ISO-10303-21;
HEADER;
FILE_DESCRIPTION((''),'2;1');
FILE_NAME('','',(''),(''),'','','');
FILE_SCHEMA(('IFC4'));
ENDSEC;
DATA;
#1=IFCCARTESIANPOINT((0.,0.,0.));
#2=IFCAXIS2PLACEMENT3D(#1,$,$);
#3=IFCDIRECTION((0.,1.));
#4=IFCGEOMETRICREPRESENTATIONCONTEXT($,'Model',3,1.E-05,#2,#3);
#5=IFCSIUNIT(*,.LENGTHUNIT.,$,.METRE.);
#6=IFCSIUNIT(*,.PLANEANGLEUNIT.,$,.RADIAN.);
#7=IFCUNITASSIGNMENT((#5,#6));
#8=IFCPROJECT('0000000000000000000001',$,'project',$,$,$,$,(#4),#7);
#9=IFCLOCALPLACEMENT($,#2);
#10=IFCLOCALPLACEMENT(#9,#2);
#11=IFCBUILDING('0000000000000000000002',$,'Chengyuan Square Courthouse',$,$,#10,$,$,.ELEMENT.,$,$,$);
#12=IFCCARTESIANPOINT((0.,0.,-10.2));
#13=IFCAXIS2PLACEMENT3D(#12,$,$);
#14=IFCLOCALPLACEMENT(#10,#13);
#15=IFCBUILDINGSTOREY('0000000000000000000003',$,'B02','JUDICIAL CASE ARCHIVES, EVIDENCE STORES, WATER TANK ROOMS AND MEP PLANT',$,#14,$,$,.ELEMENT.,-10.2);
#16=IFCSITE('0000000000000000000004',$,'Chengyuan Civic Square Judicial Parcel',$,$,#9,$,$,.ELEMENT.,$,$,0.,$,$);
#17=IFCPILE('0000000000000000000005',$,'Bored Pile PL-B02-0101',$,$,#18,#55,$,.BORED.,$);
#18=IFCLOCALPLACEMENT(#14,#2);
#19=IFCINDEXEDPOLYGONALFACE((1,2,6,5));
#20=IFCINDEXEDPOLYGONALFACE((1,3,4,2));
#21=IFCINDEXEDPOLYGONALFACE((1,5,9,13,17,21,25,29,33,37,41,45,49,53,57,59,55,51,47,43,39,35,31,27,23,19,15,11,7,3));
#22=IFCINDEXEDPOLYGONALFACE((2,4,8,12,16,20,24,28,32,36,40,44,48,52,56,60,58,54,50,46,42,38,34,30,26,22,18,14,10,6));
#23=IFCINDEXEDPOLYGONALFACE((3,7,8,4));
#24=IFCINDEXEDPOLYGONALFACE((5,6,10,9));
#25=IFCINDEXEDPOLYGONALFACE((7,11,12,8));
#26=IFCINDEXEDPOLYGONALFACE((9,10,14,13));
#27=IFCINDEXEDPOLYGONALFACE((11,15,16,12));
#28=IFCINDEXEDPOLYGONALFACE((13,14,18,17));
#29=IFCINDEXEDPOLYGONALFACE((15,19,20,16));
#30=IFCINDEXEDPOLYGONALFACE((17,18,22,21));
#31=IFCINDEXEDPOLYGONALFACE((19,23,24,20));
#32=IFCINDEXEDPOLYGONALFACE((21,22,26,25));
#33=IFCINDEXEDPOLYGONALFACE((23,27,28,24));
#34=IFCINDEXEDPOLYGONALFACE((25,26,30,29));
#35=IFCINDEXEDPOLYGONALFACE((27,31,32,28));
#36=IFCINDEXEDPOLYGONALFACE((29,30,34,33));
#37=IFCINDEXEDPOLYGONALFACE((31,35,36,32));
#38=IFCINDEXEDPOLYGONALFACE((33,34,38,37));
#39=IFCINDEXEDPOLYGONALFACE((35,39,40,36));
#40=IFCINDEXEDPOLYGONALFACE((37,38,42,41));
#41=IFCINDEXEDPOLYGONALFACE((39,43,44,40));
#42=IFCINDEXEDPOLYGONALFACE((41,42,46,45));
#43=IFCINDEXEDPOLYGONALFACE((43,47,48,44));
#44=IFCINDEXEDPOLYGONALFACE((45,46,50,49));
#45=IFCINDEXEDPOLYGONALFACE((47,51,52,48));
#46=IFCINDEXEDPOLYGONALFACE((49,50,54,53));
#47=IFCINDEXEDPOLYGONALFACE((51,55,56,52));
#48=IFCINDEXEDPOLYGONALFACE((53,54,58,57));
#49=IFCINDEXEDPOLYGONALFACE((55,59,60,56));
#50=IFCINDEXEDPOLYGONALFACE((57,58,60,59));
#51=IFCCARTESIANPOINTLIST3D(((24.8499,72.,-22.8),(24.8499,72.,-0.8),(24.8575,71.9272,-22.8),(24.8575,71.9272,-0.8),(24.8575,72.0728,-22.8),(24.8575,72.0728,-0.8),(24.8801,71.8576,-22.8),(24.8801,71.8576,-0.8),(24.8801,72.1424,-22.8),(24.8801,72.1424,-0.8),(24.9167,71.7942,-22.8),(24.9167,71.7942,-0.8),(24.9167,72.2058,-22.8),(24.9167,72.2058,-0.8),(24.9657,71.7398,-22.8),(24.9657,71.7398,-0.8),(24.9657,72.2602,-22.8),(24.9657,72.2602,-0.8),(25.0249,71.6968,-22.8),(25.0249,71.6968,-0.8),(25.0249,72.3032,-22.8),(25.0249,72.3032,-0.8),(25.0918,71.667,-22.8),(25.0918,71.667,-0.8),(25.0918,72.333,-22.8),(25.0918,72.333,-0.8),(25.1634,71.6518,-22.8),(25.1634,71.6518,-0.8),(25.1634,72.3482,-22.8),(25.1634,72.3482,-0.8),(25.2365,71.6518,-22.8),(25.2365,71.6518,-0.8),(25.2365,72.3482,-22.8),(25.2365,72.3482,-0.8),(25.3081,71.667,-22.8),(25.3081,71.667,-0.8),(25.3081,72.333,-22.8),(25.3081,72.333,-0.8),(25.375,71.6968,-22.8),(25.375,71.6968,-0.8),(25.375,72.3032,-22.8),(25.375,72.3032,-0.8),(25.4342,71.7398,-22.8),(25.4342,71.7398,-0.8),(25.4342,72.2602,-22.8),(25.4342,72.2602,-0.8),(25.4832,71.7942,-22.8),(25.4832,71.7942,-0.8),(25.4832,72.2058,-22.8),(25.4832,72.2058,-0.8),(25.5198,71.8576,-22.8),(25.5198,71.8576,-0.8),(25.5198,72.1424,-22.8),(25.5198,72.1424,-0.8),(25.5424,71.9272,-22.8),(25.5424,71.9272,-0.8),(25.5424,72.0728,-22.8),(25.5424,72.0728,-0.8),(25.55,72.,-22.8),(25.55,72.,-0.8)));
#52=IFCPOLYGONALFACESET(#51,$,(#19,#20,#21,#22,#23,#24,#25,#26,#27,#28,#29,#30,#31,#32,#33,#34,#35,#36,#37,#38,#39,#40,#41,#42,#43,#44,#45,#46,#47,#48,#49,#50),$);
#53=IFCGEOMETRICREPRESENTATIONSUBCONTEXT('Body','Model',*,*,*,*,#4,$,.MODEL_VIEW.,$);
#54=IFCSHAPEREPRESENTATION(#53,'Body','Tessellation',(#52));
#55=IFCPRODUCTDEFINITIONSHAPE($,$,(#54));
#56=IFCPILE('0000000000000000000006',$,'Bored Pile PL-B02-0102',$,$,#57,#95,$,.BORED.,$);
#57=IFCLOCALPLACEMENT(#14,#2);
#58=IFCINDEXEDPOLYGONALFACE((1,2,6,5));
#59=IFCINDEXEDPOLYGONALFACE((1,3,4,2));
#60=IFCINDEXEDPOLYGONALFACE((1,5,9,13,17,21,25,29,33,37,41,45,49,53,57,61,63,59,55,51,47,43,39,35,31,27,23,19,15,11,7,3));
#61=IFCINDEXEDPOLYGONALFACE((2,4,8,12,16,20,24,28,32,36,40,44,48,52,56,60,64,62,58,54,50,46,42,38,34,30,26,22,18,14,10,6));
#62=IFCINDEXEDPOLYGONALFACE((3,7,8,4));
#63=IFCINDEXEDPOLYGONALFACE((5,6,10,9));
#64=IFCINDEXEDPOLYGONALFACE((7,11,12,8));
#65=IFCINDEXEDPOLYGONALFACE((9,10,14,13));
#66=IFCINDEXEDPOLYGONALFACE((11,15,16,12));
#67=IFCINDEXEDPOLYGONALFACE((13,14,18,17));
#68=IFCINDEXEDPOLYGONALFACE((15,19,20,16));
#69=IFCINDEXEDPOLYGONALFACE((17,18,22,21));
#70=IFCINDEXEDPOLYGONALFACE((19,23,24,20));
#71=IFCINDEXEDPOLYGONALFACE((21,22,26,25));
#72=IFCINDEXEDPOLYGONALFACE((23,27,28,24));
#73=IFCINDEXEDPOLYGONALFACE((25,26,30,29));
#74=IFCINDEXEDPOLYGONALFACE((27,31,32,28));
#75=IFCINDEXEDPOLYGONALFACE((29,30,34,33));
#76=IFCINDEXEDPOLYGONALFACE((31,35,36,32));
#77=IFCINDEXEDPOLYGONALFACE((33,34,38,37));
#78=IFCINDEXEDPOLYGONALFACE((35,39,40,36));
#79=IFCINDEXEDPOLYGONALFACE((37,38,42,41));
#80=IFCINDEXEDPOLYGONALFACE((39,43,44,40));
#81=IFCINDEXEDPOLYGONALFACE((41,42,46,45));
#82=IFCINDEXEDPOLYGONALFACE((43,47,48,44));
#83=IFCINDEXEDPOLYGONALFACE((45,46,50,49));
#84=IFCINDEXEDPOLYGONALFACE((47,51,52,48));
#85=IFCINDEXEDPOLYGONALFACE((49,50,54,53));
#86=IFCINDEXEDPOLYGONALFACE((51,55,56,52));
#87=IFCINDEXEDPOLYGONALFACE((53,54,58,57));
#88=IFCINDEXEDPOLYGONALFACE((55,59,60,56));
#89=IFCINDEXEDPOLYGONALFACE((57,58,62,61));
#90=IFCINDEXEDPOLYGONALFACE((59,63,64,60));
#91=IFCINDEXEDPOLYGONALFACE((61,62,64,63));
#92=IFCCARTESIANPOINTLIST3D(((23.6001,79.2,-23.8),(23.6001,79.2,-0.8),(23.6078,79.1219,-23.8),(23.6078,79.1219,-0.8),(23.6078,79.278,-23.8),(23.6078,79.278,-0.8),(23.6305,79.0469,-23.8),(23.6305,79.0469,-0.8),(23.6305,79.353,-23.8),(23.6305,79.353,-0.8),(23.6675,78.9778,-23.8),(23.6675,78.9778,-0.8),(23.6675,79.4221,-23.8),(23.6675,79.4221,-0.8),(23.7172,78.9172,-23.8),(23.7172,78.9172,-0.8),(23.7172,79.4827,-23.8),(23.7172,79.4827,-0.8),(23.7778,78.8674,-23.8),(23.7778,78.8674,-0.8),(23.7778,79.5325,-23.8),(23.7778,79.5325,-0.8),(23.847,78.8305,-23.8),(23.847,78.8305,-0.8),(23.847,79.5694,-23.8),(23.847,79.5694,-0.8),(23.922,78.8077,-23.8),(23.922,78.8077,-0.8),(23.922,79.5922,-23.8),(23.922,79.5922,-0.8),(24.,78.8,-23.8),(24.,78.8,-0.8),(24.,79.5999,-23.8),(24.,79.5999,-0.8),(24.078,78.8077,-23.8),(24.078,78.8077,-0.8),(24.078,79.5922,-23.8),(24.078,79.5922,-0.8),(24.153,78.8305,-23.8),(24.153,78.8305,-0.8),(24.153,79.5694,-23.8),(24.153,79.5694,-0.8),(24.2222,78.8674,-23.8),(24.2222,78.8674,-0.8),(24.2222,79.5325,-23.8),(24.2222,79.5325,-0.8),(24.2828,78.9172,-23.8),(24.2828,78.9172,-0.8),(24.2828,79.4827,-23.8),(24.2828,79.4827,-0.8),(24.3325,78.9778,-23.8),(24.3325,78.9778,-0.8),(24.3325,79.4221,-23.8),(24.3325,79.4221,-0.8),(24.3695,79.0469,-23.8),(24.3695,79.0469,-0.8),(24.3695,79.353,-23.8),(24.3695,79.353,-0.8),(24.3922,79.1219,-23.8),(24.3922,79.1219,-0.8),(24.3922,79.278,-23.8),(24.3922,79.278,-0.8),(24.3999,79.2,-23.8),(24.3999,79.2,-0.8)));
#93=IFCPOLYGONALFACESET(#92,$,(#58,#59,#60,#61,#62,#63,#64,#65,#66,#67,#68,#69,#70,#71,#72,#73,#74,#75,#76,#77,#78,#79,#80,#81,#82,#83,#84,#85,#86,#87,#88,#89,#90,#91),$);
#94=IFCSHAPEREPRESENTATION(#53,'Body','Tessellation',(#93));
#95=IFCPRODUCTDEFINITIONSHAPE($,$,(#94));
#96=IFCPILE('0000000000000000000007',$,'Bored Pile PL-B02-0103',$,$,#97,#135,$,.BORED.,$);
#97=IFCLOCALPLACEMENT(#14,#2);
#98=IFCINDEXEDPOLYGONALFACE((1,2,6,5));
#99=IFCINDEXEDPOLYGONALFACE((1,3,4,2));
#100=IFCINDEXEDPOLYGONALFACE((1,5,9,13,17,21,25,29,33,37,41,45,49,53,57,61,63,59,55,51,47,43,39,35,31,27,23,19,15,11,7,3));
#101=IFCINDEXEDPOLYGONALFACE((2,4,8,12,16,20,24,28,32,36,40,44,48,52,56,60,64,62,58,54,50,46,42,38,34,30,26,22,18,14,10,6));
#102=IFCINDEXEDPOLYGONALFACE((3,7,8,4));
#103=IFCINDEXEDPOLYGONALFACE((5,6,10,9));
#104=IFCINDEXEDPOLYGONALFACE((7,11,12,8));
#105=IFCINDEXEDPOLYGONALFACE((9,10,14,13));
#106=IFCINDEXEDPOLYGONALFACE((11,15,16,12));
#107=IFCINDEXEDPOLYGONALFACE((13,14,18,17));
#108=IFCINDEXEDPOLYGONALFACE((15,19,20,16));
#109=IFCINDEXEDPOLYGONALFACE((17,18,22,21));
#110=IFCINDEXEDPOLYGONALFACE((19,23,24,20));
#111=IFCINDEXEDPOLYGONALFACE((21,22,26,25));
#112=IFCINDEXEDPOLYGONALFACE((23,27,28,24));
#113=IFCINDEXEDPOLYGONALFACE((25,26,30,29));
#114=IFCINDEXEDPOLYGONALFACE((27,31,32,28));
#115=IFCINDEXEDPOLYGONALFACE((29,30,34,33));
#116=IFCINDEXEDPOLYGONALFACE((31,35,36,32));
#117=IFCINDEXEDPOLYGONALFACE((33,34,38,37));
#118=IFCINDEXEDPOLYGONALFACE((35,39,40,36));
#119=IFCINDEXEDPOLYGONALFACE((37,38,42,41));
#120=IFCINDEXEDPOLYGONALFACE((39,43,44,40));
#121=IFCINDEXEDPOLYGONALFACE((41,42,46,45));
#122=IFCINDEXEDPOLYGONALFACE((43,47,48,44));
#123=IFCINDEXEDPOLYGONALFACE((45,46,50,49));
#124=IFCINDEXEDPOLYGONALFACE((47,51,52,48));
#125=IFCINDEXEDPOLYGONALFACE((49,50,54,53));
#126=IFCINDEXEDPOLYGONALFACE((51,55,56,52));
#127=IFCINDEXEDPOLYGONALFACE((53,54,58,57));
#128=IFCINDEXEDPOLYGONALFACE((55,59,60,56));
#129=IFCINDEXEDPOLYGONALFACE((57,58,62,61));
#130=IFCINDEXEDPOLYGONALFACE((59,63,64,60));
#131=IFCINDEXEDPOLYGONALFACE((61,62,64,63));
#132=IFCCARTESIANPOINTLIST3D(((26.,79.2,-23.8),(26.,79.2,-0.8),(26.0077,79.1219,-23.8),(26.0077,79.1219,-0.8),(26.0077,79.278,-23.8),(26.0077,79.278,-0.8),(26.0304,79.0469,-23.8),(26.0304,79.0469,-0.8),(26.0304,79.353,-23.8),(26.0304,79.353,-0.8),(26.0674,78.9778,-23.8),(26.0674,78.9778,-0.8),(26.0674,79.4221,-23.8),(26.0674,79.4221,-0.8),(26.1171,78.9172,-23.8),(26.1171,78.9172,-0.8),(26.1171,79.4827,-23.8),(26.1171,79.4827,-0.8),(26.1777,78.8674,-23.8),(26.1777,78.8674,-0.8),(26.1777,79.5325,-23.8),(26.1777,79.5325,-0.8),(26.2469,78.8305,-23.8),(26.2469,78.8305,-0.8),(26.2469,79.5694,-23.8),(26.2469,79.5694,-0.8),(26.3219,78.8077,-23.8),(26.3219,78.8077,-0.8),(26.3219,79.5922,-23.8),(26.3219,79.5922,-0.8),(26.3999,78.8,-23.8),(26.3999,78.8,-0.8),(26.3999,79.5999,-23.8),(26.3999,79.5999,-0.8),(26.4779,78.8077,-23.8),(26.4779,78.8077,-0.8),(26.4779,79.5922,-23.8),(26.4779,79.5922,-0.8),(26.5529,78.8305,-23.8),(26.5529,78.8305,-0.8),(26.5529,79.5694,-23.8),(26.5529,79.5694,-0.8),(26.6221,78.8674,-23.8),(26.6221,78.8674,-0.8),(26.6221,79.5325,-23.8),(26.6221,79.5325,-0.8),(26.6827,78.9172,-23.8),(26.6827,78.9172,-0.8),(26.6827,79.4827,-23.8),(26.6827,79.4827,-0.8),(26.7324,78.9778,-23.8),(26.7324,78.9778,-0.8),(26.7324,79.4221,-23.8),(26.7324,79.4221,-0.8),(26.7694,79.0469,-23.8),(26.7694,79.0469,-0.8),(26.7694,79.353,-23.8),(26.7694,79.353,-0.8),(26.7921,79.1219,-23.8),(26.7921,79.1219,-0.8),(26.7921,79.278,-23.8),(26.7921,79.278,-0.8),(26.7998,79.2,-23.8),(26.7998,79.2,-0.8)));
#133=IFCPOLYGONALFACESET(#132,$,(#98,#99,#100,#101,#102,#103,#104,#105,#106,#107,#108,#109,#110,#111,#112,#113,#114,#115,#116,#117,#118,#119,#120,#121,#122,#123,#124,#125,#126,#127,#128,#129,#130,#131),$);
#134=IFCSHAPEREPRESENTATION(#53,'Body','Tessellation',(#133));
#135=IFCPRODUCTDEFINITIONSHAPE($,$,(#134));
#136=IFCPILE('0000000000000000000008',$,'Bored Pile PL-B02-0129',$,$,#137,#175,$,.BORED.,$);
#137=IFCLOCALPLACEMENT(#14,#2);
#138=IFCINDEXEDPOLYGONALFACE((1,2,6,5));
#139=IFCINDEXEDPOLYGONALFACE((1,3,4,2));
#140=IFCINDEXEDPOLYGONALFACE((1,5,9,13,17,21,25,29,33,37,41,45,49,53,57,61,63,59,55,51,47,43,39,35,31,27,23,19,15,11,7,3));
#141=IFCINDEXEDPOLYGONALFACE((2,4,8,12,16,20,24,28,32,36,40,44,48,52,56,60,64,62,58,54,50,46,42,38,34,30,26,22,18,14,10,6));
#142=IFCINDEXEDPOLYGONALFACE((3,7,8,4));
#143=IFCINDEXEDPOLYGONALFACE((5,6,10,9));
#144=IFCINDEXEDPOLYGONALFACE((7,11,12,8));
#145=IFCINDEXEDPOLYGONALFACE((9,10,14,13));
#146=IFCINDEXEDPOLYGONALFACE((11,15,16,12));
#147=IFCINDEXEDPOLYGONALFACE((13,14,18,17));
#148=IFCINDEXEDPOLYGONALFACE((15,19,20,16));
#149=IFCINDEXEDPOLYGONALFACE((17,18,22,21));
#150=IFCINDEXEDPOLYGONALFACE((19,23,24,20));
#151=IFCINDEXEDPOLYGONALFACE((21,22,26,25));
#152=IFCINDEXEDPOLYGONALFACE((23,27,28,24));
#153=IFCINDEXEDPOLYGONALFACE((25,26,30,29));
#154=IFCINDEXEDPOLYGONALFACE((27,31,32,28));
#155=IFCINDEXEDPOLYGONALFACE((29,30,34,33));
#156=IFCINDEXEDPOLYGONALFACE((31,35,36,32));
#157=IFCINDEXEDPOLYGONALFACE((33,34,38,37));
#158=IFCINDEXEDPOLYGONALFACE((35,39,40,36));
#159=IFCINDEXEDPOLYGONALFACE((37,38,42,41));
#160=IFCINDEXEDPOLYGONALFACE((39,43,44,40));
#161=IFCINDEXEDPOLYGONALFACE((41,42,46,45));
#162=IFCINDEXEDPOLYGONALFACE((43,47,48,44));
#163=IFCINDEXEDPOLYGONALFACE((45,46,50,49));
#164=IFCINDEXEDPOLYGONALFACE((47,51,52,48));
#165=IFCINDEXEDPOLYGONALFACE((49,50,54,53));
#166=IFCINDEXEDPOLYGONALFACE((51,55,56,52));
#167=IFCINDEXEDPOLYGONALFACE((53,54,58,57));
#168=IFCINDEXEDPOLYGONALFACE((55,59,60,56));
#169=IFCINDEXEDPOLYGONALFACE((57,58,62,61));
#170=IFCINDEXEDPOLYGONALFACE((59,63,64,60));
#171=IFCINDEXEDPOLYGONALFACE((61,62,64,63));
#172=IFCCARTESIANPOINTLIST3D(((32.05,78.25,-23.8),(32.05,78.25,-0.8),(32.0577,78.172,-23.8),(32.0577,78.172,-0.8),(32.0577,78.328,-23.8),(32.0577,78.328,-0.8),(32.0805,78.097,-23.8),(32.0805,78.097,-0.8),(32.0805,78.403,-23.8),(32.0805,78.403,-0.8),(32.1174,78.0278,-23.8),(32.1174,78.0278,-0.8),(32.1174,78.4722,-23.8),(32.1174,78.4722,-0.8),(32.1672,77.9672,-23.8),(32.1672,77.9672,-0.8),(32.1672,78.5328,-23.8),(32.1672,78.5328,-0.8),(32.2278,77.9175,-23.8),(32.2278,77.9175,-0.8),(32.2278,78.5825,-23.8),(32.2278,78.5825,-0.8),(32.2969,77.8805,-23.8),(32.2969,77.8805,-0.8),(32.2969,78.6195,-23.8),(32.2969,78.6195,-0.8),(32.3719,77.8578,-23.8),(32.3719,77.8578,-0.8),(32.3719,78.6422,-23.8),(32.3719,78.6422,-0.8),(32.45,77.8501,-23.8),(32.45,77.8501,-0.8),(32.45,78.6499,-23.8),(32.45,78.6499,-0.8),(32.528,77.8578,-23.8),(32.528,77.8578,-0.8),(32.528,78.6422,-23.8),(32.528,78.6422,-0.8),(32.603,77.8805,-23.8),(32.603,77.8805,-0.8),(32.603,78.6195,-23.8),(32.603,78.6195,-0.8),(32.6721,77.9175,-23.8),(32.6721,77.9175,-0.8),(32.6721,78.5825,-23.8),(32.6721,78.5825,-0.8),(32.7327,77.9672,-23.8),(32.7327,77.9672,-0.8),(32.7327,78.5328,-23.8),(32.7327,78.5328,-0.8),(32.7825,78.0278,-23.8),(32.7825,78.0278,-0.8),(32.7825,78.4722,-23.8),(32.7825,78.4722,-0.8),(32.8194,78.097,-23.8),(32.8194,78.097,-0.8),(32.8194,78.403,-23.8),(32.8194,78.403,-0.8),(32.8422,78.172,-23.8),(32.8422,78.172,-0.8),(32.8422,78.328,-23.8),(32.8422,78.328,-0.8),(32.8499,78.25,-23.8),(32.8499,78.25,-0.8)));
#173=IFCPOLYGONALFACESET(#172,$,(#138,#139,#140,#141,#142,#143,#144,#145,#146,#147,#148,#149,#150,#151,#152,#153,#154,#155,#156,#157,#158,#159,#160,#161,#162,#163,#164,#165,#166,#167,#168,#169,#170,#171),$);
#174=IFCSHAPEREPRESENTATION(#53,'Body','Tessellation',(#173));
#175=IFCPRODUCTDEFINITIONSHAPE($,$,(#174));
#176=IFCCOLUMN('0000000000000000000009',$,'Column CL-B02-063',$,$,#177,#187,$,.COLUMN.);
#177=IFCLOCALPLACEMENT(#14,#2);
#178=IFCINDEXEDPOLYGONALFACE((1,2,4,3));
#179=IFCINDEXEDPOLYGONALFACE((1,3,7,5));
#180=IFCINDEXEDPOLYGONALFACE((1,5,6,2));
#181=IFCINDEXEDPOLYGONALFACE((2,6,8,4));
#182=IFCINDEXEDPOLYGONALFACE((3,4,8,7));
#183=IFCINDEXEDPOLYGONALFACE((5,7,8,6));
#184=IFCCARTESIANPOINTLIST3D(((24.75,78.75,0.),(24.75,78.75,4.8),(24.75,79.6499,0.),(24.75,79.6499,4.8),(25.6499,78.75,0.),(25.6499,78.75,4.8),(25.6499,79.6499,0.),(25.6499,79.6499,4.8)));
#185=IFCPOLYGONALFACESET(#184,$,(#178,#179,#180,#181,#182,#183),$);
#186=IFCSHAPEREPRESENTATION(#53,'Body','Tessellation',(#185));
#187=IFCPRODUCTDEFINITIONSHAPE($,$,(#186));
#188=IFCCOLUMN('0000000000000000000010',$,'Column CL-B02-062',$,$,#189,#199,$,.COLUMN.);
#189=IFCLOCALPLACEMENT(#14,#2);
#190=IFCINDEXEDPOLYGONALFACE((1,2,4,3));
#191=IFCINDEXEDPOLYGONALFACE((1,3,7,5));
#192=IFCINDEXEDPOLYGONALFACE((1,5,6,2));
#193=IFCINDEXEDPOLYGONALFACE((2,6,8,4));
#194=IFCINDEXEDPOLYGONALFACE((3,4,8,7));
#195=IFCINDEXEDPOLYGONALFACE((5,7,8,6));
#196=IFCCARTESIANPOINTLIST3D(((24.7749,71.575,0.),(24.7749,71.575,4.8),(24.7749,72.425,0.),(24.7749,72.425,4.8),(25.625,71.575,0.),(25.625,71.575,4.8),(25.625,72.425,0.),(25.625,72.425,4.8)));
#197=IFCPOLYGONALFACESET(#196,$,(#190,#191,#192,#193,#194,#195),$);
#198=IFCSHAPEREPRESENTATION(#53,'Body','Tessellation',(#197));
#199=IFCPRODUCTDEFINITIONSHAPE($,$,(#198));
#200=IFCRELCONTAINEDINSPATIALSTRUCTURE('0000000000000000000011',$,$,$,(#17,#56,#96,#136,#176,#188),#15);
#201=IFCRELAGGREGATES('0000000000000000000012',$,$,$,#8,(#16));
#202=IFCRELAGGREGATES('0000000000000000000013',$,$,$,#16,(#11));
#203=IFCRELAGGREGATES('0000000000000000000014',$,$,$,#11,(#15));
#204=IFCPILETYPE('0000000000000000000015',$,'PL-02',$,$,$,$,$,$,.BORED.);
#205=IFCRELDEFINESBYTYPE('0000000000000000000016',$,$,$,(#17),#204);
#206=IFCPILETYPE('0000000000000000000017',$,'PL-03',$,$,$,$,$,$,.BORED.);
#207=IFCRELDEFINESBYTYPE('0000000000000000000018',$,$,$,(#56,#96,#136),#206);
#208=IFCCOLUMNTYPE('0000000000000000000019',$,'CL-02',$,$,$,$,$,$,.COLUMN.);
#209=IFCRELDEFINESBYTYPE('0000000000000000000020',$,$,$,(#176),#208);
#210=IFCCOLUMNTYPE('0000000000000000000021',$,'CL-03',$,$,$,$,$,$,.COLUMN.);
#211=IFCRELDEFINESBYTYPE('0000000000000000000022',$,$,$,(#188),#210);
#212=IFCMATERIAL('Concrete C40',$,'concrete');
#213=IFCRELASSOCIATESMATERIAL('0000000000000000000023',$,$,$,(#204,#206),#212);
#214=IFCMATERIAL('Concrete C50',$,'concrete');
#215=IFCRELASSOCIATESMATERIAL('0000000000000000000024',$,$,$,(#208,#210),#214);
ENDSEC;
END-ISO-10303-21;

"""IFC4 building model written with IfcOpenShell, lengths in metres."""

from ifc_helpers import new_model, si_unit, direction, frame, origin, origin_2d, place, context, subcontext, project, spatial, rectangle, circle, extrude, material, material_profile, profile_set, type_object, element, save


model = new_model("IFC4")

# Units and contexts
model_context = context("Model", 3, precision=1e-05, world=origin(), true_north=direction((0.0, 1.0)))
body_context = subcontext(model_context, "Body", "Model", "MODEL_VIEW")
ifc_project = project(units=[si_unit("LENGTHUNIT", "METRE"), si_unit("PLANEANGLEUNIT", "RADIAN")], contexts=[model_context])

# Site, building, storey
site_placement = place(None, origin())
site = spatial("IfcSite", under=ifc_project, at=site_placement, Name="Chengyuan Civic Square Judicial Parcel", CompositionType="ELEMENT", RefElevation=0.0)
building_placement = place(site_placement, origin())
building = spatial("IfcBuilding", under=site, at=building_placement, Name="Chengyuan Square Courthouse", CompositionType="ELEMENT")
storey_placement = place(building_placement, frame((0.0, 0.0, -10.2)))
storey = spatial("IfcBuildingStorey", under=building, at=storey_placement, Name="B02", Description="JUDICIAL CASE ARCHIVES, EVIDENCE STORES, WATER TANK ROOMS AND MEP PLANT", CompositionType="ELEMENT", Elevation=-10.2)

# Shared definitions
ifc_material_1 = material(Name="Concrete C40", Category="concrete")

# Piles
ifc_material_profile_1 = material_profile(ifc_material_1, circle(Radius=0.3501, at=origin_2d()), Name="BORED PILE D700")
ifc_profile_set_1 = profile_set([ifc_material_profile_1], Name="Concrete C40")
pile_type_1 = type_object("IfcPileType", Name="PL-02", PredefinedType="BORED", material=ifc_profile_set_1)
pile_1_placement = place(storey_placement, frame((25.2, 72.0, -0.8), z_axis=(0.0, 0.0, -1.0), x_axis=(1.0, 0.0, 0.0)))
element("IfcPile", 1, at=pile_1_placement, inside=storey, type_object=pile_type_1, Name="Bored Pile PL-B02-0101", PredefinedType="BORED", context=body_context, shape_type="SweptSolid", body=[
    extrude(circle(Radius=0.3501, at=origin_2d()), origin(), (0.0, 0.0, 1.0), 22.0),
])
ifc_material_profile_2 = material_profile(ifc_material_1, circle(Radius=0.3999, at=origin_2d()), Name="BORED PILE D800")
ifc_profile_set_2 = profile_set([ifc_material_profile_2], Name="Concrete C40")
pile_type_2 = type_object("IfcPileType", Name="PL-03", PredefinedType="BORED", material=ifc_profile_set_2)
for number, where, z_axis, x_axis, name in (
    (2, (24.0, 79.2, -0.8), (0.0, 0.0, -1.0), (1.0, 0.0, 0.0), "Bored Pile PL-B02-0102"),
    (3, (26.3999, 79.2, -0.8), (0.0, 0.0, -1.0), (1.0, 0.0, 0.0), "Bored Pile PL-B02-0103"),
    (4, (32.45, 78.25, -0.8), (0.0, 0.0, -1.0), (1.0, 0.0, 0.0), "Bored Pile PL-B02-0129"),
):
    element("IfcPile", number, at=place(storey_placement, frame(where, z_axis=z_axis, x_axis=x_axis)), inside=storey, type_object=pile_type_2, Name=name, PredefinedType="BORED", context=body_context, shape_type="SweptSolid", body=[
        extrude(circle(Radius=0.3999, at=origin_2d()), origin(), (0.0, 0.0, 1.0), 23.0),
    ])

# Columns
ifc_material_2 = material(Name="Concrete C50", Category="concrete")
ifc_material_profile_3 = material_profile(ifc_material_2, rectangle(XDim=0.8999, YDim=0.8999, at=origin_2d()), Name="RC-COL-900x900")
ifc_profile_set_3 = profile_set([ifc_material_profile_3], Name="Concrete C50")
column_type_1 = type_object("IfcColumnType", Name="CL-02", PredefinedType="COLUMN", material=ifc_profile_set_3)
column_placement = place(storey_placement, frame((25.2, 79.2, 0.0), z_axis=(0.0, 0.0, 1.0), x_axis=(1.0, 0.0, 0.0)))
element("IfcColumn", 5, at=column_placement, inside=storey, type_object=column_type_1, Name="Column CL-B02-063", PredefinedType="COLUMN", context=body_context, shape_type="SweptSolid", body=[
    extrude(rectangle(XDim=0.8999, YDim=0.8999, at=origin_2d()), origin(), (0.0, 0.0, 1.0), 4.8),
])
ifc_material_profile_4 = material_profile(ifc_material_2, rectangle(XDim=0.8501, YDim=0.8501, at=origin_2d()), Name="RC-COL-850x850")
ifc_profile_set_4 = profile_set([ifc_material_profile_4], Name="Concrete C50")
column_type_2 = type_object("IfcColumnType", Name="CL-03", PredefinedType="COLUMN", material=ifc_profile_set_4)
for number, where, z_axis, x_axis, name in (
    (6, (25.2, 72.0, 0.0), (0.0, 0.0, 1.0), (1.0, 0.0, 0.0), "Column CL-B02-062"),
):
    element("IfcColumn", number, at=place(storey_placement, frame(where, z_axis=z_axis, x_axis=x_axis)), inside=storey, type_object=column_type_2, Name=name, PredefinedType="COLUMN", context=body_context, shape_type="SweptSolid", body=[
        extrude(rectangle(XDim=0.8501, YDim=0.8501, at=origin_2d()), origin(), (0.0, 0.0, 1.0), 4.8),
    ])

save(model, "model.ifc")
